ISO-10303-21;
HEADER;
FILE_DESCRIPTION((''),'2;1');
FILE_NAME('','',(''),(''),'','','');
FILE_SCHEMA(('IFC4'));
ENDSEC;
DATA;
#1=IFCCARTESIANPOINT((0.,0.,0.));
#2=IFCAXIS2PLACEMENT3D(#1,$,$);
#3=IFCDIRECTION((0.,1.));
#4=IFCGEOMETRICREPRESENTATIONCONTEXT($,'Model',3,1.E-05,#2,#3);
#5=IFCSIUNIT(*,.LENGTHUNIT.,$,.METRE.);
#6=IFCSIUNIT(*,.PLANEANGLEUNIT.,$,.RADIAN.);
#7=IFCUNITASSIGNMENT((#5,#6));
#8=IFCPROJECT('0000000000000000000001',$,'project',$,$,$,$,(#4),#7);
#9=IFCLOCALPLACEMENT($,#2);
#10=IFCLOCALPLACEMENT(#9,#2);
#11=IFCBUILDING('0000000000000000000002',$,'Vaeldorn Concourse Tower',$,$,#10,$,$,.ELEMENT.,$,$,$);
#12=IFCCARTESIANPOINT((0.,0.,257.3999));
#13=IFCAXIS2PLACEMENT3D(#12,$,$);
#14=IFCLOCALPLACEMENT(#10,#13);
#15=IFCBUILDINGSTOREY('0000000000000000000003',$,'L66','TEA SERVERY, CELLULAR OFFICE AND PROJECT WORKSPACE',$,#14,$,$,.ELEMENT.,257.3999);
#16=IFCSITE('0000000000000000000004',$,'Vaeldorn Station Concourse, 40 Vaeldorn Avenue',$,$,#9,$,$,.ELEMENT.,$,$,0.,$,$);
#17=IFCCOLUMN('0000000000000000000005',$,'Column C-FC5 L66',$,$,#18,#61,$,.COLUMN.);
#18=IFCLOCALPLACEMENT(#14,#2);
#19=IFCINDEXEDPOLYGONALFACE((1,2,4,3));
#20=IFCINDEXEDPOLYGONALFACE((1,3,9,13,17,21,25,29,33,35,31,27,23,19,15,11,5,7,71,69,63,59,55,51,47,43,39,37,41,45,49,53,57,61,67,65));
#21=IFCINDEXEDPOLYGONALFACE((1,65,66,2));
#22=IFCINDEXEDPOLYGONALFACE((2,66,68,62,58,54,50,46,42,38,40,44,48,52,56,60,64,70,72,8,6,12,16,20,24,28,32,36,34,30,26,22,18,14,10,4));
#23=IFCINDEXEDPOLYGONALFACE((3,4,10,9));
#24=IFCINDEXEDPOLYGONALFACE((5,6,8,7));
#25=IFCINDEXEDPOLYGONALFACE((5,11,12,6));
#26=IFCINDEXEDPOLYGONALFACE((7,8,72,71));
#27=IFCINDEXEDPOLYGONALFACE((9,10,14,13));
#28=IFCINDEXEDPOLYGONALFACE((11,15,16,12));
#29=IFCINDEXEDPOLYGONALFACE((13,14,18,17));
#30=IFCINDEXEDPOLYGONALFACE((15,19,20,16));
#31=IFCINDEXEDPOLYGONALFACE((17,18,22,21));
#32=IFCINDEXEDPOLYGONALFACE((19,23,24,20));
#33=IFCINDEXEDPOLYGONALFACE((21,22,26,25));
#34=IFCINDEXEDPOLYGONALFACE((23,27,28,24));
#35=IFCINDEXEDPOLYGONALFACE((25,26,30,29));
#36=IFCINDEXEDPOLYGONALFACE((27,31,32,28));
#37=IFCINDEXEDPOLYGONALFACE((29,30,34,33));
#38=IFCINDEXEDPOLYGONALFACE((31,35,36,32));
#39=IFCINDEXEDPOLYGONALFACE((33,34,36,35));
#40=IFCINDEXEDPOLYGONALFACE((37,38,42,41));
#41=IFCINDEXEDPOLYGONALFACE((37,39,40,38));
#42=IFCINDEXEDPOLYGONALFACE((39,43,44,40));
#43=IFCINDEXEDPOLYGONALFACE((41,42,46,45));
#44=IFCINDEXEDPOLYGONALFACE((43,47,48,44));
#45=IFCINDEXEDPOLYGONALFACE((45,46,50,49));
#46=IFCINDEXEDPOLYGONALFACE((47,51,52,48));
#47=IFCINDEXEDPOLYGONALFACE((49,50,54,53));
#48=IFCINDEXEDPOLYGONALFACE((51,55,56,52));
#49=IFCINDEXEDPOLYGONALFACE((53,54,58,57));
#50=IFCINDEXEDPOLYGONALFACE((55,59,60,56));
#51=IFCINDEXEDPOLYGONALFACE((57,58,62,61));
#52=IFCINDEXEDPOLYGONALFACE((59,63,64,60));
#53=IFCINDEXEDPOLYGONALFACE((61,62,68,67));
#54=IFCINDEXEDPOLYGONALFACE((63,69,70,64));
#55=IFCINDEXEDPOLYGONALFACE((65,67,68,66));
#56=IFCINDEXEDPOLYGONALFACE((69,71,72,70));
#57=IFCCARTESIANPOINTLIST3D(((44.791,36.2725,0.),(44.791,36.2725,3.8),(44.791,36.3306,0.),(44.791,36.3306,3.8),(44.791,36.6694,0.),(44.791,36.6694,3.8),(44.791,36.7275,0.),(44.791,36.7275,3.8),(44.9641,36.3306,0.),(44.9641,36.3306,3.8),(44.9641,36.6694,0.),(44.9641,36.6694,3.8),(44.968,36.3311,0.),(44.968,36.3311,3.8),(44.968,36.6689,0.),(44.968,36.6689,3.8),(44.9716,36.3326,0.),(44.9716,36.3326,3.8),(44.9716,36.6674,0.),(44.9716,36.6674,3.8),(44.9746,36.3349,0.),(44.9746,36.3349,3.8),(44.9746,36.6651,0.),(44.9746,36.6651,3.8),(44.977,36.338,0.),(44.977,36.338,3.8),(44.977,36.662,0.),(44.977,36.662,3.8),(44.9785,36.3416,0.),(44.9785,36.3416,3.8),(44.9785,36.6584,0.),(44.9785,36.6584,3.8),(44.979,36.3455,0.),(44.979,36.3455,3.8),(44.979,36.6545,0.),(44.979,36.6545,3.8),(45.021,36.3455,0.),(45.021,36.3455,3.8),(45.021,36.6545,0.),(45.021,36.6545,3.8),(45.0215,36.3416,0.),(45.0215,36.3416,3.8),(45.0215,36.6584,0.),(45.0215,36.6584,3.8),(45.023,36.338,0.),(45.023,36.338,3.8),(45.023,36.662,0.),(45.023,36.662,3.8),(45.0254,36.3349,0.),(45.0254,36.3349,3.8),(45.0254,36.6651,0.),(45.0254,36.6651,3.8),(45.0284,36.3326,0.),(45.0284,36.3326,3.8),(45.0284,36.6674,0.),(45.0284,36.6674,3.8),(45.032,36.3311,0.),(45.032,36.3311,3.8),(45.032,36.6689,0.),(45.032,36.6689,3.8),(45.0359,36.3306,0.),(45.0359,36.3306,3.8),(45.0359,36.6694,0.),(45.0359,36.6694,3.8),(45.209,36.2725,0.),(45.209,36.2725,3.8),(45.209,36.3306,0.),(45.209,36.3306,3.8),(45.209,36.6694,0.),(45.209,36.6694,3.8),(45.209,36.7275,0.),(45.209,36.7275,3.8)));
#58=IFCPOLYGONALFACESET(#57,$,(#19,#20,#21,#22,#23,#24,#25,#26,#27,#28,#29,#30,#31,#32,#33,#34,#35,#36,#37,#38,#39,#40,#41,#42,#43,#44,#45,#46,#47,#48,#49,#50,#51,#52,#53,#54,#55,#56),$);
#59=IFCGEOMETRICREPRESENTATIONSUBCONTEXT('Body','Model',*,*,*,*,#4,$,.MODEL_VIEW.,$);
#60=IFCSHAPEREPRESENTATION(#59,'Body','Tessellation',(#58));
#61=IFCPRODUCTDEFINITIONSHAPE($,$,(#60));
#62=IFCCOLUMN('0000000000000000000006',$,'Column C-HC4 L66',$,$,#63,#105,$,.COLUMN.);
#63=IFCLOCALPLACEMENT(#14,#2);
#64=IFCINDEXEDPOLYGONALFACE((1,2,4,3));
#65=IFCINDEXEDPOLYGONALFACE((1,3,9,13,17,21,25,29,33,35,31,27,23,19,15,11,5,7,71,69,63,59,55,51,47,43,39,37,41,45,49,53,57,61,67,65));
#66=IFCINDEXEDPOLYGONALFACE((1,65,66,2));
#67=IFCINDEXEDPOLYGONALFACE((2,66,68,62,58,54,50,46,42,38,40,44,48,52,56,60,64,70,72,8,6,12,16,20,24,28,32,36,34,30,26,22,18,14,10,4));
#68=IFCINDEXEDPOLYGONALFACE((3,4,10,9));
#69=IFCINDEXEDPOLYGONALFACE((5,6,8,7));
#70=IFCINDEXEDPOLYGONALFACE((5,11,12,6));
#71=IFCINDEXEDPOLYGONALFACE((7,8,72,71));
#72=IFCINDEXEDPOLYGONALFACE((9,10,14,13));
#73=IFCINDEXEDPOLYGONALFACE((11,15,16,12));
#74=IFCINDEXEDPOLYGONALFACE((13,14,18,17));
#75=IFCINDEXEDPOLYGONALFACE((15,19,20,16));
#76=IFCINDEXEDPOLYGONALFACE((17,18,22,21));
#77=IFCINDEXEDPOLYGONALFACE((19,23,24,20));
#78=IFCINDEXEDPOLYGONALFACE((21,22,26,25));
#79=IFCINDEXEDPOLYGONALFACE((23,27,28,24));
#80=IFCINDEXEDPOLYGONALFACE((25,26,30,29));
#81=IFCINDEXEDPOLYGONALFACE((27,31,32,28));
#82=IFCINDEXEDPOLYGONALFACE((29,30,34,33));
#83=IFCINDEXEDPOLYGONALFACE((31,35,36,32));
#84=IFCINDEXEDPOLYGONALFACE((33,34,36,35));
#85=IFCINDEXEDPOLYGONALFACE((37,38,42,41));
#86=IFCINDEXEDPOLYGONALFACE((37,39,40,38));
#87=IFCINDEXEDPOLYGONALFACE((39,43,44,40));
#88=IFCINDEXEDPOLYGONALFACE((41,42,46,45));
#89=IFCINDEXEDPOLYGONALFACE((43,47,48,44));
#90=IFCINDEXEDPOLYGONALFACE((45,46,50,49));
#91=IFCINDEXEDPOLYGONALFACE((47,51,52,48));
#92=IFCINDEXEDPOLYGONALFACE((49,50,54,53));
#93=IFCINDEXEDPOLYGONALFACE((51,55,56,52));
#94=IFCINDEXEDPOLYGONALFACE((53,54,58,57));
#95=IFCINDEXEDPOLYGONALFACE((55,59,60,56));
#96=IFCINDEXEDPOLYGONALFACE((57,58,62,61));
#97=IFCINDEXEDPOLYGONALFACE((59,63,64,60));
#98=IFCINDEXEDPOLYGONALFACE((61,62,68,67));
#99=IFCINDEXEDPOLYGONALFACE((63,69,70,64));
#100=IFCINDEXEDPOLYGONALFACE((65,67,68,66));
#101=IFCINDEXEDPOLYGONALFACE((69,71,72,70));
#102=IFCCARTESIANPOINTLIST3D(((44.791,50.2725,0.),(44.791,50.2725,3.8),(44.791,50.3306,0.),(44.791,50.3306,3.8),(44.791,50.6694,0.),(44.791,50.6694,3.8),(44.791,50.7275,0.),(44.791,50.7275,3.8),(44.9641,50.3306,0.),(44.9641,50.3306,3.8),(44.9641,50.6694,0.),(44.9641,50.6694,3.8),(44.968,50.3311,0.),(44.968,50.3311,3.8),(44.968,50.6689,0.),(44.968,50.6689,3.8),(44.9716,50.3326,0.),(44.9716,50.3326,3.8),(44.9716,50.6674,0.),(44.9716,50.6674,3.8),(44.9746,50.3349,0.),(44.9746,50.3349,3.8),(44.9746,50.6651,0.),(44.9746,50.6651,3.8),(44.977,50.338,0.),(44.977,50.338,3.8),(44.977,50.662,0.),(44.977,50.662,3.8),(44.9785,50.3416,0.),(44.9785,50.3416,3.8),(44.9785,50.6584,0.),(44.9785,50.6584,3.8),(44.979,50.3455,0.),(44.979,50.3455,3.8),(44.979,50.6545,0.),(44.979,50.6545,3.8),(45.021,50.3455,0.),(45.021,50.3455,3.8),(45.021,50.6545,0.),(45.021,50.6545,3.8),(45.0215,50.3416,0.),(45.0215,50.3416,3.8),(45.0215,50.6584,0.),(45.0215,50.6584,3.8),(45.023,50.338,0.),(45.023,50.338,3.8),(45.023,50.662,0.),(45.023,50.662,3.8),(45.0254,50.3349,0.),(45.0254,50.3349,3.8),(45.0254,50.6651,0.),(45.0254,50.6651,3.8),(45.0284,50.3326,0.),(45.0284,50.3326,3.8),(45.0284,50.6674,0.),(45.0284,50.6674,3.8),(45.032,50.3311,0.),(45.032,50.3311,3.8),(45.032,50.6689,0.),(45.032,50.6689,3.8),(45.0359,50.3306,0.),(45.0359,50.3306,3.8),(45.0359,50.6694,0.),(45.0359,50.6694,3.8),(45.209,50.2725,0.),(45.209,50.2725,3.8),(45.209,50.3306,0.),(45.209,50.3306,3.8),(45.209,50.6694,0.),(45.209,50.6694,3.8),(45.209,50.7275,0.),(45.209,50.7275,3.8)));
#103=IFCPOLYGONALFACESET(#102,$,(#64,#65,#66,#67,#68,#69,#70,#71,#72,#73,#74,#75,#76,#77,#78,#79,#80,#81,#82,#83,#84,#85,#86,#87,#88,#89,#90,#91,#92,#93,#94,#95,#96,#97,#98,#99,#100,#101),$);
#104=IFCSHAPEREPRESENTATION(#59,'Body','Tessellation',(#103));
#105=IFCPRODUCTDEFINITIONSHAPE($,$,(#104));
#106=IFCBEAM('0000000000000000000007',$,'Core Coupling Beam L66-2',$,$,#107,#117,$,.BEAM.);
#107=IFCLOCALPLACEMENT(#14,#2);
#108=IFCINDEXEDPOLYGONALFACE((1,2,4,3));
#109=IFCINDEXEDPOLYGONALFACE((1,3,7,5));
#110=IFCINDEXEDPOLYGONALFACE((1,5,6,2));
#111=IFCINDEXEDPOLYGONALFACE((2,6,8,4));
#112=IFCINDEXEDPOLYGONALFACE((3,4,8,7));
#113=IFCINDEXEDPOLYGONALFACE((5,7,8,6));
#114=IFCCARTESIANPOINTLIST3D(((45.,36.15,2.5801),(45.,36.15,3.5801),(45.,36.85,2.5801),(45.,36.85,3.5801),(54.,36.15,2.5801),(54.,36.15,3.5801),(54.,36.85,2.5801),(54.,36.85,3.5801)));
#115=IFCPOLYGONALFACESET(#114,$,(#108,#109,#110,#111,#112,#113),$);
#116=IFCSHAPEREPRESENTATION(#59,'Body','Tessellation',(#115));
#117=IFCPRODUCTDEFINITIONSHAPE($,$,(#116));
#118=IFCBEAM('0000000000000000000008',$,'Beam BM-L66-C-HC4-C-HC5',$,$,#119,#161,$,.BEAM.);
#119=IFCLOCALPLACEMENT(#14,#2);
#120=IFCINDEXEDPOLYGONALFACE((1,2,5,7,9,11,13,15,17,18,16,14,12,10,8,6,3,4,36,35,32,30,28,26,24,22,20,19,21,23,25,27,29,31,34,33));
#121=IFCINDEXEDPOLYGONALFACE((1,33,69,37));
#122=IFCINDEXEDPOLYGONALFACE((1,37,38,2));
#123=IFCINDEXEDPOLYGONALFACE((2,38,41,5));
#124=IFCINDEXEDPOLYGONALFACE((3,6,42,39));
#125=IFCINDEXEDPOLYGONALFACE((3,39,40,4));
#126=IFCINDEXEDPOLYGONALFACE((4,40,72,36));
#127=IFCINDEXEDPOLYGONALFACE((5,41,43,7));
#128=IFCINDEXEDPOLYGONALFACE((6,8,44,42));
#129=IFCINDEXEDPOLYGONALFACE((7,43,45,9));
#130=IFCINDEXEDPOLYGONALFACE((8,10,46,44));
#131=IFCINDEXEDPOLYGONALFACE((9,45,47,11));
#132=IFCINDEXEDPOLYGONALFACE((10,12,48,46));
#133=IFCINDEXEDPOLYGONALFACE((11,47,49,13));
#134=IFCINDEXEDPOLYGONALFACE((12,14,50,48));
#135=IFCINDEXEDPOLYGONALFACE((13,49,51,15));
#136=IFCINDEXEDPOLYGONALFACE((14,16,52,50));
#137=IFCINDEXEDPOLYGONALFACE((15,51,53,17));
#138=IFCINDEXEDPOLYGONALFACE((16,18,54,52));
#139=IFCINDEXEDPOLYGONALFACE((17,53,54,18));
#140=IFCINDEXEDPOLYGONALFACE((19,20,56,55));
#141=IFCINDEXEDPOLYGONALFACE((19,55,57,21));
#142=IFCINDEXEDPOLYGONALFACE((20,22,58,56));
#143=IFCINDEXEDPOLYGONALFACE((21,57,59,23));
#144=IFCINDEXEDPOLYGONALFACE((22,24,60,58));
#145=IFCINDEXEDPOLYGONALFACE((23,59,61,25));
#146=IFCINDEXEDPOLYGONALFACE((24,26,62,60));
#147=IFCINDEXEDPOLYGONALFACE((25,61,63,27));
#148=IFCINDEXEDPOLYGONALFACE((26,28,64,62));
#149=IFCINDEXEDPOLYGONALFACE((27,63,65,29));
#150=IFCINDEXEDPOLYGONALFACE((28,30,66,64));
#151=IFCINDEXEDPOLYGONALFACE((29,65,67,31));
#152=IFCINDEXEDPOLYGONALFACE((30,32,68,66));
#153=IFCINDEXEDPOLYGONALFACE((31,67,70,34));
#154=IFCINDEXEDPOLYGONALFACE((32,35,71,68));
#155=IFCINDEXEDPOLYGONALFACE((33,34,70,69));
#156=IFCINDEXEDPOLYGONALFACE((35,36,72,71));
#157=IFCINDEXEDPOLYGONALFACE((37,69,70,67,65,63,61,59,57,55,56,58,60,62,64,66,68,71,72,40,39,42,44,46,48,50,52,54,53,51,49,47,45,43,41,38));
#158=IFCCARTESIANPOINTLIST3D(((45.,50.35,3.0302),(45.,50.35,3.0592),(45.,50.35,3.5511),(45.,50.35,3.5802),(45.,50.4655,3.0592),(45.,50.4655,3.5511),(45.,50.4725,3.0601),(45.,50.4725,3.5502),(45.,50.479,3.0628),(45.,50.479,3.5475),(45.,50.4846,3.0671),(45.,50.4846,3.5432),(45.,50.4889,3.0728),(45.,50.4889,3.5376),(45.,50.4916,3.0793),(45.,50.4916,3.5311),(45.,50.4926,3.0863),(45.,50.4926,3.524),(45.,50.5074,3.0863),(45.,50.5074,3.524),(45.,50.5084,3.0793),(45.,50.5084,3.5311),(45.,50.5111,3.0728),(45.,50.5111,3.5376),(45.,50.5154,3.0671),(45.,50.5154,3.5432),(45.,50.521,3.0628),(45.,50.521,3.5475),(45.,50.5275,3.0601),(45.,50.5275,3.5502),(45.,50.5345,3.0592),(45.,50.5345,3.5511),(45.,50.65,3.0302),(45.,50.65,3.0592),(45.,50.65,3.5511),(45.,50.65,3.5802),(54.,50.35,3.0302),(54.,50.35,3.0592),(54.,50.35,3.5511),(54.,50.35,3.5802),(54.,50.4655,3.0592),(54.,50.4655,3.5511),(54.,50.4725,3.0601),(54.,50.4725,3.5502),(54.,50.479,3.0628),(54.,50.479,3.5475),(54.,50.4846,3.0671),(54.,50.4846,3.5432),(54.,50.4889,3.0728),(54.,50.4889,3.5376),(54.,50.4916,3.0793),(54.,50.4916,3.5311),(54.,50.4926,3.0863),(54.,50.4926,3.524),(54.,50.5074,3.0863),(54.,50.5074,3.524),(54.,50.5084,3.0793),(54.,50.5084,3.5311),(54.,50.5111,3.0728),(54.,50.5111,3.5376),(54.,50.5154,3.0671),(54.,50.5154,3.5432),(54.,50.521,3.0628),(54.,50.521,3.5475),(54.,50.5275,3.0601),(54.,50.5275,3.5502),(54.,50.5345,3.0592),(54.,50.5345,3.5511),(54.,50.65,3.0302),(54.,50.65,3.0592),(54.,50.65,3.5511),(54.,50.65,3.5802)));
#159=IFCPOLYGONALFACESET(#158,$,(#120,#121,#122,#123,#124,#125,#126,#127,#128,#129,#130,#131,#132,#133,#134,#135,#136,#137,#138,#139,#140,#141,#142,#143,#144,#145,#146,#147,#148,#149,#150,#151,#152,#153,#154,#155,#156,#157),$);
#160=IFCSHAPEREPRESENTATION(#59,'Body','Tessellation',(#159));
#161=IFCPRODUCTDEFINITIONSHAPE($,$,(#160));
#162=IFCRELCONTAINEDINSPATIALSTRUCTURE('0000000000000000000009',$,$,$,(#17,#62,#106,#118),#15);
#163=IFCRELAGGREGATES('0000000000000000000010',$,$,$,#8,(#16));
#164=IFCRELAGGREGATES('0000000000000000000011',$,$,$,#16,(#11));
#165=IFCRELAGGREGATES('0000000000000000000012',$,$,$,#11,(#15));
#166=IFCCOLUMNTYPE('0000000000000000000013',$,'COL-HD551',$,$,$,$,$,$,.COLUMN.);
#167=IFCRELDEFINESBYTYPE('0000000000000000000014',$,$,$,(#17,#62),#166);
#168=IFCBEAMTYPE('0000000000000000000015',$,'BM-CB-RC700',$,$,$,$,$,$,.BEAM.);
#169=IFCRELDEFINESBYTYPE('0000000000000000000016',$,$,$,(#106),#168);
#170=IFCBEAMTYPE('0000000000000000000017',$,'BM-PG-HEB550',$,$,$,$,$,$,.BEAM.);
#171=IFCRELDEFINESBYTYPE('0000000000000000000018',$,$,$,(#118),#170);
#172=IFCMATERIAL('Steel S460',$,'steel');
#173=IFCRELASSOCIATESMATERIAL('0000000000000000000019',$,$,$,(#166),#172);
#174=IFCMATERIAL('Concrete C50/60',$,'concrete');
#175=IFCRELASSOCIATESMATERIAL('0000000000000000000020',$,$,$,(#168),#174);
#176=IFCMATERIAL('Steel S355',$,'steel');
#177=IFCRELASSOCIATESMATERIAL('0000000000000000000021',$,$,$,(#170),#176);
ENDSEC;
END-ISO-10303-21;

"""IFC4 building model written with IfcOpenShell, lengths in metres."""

from ifc_helpers import new_model, si_unit, direction, frame, origin, origin_2d, place, context, subcontext, project, spatial, rectangle, i_section, extrude, source, transform, mapped, material, material_profile, profile_set, type_object, element, save


model = new_model("IFC4")

# Units and contexts
model_context = context("Model", 3, precision=1e-05, world=origin(), true_north=direction((0.0, 1.0)))
body_context = subcontext(model_context, "Body", "Model", "MODEL_VIEW")
ifc_project = project(units=[si_unit("LENGTHUNIT", "METRE"), si_unit("PLANEANGLEUNIT", "RADIAN")], contexts=[model_context])

# Site, building, storey
site_placement = place(None, origin())
site = spatial("IfcSite", under=ifc_project, at=site_placement, Name="Vaeldorn Station Concourse, 40 Vaeldorn Avenue", CompositionType="ELEMENT", RefElevation=0.0)
building_placement = place(site_placement, origin())
building = spatial("IfcBuilding", under=site, at=building_placement, Name="Vaeldorn Concourse Tower", CompositionType="ELEMENT")
storey_placement = place(building_placement, frame((0.0, 0.0, 257.3999)))
storey = spatial("IfcBuildingStorey", under=building, at=storey_placement, Name="L66", Description="TEA SERVERY, CELLULAR OFFICE AND PROJECT WORKSPACE", CompositionType="ELEMENT", Elevation=257.3999)

# Columns
ifc_material_1 = material(Name="Steel S460", Category="steel")
ifc_material_profile_1 = material_profile(ifc_material_1, i_section(OverallWidth=0.418, OverallDepth=0.4551, WebThickness=0.042, FlangeThickness=0.0581, FilletRadius=0.0149, at=origin_2d()), Name="HD 400x551")
ifc_profile_set_1 = profile_set([ifc_material_profile_1], Name="Steel S460")
column_type = type_object("IfcColumnType", Name="COL-HD551", PredefinedType="COLUMN", material=ifc_profile_set_1)
shared_shape_1 = source(origin(), body_context, "Body", "SweptSolid", [
    extrude(i_section(OverallWidth=0.418, OverallDepth=0.4551, WebThickness=0.042, FlangeThickness=0.0581, FilletRadius=0.0149, at=origin_2d()), origin(), (0.0, 0.0, 1.0), 3.8),
])
for number, where, z_axis, x_axis, name in (
    (1, (45.0, 36.5, 0.0), (0.0, 0.0, 1.0), (1.0, 0.0, 0.0), "Column C-FC5 L66"),
    (2, (45.0, 50.5, 0.0), (0.0, 0.0, 1.0), (1.0, 0.0, 0.0), "Column C-HC4 L66"),
):
    element("IfcColumn", number, at=place(storey_placement, frame(where, z_axis=z_axis, x_axis=x_axis)), inside=storey, type_object=column_type, Name=name, PredefinedType="COLUMN", context=body_context, shape_type="MappedRepresentation", body=[
        mapped(shared_shape_1, transform((0.0, 0.0, 0.0), scale=1.0)),
    ])

# Beams
ifc_material_2 = material(Name="Concrete C50/60", Category="concrete")
ifc_material_profile_2 = material_profile(ifc_material_2, rectangle(XDim=0.7, YDim=1.0, at=origin_2d()), Name="RC 700x1000")
ifc_profile_set_2 = profile_set([ifc_material_profile_2], Name="Concrete C50/60")
beam_type_1 = type_object("IfcBeamType", Name="BM-CB-RC700", PredefinedType="BEAM", material=ifc_profile_set_2)
shared_shape_2 = source(origin(), body_context, "Body", "SweptSolid", [
    extrude(rectangle(XDim=0.7, YDim=1.0, at=origin_2d()), origin(), (0.0, 0.0, 1.0), 9.0),
])
beam_1_placement = place(storey_placement, frame((45.0, 36.5, 3.0801), z_axis=(1.0, 0.0, 0.0), x_axis=(0.0, 1.0, 0.0)))
element("IfcBeam", 3, at=beam_1_placement, inside=storey, type_object=beam_type_1, Name="Core Coupling Beam L66-2", PredefinedType="BEAM", context=body_context, shape_type="MappedRepresentation", body=[
    mapped(shared_shape_2, transform((0.0, 0.0, 0.0), scale=1.0)),
])
ifc_material_3 = material(Name="Steel S355", Category="steel")
ifc_material_profile_3 = material_profile(ifc_material_3, i_section(OverallWidth=0.3, OverallDepth=0.55, WebThickness=0.0149, FlangeThickness=0.0291, FilletRadius=0.0271, at=origin_2d()), Name="HEB 550")
ifc_profile_set_3 = profile_set([ifc_material_profile_3], Name="Steel S355")
beam_type_2 = type_object("IfcBeamType", Name="BM-PG-HEB550", PredefinedType="BEAM", material=ifc_profile_set_3)
shared_shape_3 = source(origin(), body_context, "Body", "SweptSolid", [
    extrude(i_section(OverallWidth=0.3, OverallDepth=0.55, WebThickness=0.0149, FlangeThickness=0.0291, FilletRadius=0.0271, at=origin_2d()), origin(), (0.0, 0.0, 1.0), 9.0),
])
beam_2_placement = place(storey_placement, frame((45.0, 50.5, 3.3052), z_axis=(1.0, 0.0, 0.0), x_axis=(0.0, 1.0, 0.0)))
element("IfcBeam", 4, at=beam_2_placement, inside=storey, type_object=beam_type_2, Name="Beam BM-L66-C-HC4-C-HC5", PredefinedType="BEAM", context=body_context, shape_type="MappedRepresentation", body=[
    mapped(shared_shape_3, transform((0.0, 0.0, 0.0), scale=1.0)),
])

save(model, "model.ifc")
